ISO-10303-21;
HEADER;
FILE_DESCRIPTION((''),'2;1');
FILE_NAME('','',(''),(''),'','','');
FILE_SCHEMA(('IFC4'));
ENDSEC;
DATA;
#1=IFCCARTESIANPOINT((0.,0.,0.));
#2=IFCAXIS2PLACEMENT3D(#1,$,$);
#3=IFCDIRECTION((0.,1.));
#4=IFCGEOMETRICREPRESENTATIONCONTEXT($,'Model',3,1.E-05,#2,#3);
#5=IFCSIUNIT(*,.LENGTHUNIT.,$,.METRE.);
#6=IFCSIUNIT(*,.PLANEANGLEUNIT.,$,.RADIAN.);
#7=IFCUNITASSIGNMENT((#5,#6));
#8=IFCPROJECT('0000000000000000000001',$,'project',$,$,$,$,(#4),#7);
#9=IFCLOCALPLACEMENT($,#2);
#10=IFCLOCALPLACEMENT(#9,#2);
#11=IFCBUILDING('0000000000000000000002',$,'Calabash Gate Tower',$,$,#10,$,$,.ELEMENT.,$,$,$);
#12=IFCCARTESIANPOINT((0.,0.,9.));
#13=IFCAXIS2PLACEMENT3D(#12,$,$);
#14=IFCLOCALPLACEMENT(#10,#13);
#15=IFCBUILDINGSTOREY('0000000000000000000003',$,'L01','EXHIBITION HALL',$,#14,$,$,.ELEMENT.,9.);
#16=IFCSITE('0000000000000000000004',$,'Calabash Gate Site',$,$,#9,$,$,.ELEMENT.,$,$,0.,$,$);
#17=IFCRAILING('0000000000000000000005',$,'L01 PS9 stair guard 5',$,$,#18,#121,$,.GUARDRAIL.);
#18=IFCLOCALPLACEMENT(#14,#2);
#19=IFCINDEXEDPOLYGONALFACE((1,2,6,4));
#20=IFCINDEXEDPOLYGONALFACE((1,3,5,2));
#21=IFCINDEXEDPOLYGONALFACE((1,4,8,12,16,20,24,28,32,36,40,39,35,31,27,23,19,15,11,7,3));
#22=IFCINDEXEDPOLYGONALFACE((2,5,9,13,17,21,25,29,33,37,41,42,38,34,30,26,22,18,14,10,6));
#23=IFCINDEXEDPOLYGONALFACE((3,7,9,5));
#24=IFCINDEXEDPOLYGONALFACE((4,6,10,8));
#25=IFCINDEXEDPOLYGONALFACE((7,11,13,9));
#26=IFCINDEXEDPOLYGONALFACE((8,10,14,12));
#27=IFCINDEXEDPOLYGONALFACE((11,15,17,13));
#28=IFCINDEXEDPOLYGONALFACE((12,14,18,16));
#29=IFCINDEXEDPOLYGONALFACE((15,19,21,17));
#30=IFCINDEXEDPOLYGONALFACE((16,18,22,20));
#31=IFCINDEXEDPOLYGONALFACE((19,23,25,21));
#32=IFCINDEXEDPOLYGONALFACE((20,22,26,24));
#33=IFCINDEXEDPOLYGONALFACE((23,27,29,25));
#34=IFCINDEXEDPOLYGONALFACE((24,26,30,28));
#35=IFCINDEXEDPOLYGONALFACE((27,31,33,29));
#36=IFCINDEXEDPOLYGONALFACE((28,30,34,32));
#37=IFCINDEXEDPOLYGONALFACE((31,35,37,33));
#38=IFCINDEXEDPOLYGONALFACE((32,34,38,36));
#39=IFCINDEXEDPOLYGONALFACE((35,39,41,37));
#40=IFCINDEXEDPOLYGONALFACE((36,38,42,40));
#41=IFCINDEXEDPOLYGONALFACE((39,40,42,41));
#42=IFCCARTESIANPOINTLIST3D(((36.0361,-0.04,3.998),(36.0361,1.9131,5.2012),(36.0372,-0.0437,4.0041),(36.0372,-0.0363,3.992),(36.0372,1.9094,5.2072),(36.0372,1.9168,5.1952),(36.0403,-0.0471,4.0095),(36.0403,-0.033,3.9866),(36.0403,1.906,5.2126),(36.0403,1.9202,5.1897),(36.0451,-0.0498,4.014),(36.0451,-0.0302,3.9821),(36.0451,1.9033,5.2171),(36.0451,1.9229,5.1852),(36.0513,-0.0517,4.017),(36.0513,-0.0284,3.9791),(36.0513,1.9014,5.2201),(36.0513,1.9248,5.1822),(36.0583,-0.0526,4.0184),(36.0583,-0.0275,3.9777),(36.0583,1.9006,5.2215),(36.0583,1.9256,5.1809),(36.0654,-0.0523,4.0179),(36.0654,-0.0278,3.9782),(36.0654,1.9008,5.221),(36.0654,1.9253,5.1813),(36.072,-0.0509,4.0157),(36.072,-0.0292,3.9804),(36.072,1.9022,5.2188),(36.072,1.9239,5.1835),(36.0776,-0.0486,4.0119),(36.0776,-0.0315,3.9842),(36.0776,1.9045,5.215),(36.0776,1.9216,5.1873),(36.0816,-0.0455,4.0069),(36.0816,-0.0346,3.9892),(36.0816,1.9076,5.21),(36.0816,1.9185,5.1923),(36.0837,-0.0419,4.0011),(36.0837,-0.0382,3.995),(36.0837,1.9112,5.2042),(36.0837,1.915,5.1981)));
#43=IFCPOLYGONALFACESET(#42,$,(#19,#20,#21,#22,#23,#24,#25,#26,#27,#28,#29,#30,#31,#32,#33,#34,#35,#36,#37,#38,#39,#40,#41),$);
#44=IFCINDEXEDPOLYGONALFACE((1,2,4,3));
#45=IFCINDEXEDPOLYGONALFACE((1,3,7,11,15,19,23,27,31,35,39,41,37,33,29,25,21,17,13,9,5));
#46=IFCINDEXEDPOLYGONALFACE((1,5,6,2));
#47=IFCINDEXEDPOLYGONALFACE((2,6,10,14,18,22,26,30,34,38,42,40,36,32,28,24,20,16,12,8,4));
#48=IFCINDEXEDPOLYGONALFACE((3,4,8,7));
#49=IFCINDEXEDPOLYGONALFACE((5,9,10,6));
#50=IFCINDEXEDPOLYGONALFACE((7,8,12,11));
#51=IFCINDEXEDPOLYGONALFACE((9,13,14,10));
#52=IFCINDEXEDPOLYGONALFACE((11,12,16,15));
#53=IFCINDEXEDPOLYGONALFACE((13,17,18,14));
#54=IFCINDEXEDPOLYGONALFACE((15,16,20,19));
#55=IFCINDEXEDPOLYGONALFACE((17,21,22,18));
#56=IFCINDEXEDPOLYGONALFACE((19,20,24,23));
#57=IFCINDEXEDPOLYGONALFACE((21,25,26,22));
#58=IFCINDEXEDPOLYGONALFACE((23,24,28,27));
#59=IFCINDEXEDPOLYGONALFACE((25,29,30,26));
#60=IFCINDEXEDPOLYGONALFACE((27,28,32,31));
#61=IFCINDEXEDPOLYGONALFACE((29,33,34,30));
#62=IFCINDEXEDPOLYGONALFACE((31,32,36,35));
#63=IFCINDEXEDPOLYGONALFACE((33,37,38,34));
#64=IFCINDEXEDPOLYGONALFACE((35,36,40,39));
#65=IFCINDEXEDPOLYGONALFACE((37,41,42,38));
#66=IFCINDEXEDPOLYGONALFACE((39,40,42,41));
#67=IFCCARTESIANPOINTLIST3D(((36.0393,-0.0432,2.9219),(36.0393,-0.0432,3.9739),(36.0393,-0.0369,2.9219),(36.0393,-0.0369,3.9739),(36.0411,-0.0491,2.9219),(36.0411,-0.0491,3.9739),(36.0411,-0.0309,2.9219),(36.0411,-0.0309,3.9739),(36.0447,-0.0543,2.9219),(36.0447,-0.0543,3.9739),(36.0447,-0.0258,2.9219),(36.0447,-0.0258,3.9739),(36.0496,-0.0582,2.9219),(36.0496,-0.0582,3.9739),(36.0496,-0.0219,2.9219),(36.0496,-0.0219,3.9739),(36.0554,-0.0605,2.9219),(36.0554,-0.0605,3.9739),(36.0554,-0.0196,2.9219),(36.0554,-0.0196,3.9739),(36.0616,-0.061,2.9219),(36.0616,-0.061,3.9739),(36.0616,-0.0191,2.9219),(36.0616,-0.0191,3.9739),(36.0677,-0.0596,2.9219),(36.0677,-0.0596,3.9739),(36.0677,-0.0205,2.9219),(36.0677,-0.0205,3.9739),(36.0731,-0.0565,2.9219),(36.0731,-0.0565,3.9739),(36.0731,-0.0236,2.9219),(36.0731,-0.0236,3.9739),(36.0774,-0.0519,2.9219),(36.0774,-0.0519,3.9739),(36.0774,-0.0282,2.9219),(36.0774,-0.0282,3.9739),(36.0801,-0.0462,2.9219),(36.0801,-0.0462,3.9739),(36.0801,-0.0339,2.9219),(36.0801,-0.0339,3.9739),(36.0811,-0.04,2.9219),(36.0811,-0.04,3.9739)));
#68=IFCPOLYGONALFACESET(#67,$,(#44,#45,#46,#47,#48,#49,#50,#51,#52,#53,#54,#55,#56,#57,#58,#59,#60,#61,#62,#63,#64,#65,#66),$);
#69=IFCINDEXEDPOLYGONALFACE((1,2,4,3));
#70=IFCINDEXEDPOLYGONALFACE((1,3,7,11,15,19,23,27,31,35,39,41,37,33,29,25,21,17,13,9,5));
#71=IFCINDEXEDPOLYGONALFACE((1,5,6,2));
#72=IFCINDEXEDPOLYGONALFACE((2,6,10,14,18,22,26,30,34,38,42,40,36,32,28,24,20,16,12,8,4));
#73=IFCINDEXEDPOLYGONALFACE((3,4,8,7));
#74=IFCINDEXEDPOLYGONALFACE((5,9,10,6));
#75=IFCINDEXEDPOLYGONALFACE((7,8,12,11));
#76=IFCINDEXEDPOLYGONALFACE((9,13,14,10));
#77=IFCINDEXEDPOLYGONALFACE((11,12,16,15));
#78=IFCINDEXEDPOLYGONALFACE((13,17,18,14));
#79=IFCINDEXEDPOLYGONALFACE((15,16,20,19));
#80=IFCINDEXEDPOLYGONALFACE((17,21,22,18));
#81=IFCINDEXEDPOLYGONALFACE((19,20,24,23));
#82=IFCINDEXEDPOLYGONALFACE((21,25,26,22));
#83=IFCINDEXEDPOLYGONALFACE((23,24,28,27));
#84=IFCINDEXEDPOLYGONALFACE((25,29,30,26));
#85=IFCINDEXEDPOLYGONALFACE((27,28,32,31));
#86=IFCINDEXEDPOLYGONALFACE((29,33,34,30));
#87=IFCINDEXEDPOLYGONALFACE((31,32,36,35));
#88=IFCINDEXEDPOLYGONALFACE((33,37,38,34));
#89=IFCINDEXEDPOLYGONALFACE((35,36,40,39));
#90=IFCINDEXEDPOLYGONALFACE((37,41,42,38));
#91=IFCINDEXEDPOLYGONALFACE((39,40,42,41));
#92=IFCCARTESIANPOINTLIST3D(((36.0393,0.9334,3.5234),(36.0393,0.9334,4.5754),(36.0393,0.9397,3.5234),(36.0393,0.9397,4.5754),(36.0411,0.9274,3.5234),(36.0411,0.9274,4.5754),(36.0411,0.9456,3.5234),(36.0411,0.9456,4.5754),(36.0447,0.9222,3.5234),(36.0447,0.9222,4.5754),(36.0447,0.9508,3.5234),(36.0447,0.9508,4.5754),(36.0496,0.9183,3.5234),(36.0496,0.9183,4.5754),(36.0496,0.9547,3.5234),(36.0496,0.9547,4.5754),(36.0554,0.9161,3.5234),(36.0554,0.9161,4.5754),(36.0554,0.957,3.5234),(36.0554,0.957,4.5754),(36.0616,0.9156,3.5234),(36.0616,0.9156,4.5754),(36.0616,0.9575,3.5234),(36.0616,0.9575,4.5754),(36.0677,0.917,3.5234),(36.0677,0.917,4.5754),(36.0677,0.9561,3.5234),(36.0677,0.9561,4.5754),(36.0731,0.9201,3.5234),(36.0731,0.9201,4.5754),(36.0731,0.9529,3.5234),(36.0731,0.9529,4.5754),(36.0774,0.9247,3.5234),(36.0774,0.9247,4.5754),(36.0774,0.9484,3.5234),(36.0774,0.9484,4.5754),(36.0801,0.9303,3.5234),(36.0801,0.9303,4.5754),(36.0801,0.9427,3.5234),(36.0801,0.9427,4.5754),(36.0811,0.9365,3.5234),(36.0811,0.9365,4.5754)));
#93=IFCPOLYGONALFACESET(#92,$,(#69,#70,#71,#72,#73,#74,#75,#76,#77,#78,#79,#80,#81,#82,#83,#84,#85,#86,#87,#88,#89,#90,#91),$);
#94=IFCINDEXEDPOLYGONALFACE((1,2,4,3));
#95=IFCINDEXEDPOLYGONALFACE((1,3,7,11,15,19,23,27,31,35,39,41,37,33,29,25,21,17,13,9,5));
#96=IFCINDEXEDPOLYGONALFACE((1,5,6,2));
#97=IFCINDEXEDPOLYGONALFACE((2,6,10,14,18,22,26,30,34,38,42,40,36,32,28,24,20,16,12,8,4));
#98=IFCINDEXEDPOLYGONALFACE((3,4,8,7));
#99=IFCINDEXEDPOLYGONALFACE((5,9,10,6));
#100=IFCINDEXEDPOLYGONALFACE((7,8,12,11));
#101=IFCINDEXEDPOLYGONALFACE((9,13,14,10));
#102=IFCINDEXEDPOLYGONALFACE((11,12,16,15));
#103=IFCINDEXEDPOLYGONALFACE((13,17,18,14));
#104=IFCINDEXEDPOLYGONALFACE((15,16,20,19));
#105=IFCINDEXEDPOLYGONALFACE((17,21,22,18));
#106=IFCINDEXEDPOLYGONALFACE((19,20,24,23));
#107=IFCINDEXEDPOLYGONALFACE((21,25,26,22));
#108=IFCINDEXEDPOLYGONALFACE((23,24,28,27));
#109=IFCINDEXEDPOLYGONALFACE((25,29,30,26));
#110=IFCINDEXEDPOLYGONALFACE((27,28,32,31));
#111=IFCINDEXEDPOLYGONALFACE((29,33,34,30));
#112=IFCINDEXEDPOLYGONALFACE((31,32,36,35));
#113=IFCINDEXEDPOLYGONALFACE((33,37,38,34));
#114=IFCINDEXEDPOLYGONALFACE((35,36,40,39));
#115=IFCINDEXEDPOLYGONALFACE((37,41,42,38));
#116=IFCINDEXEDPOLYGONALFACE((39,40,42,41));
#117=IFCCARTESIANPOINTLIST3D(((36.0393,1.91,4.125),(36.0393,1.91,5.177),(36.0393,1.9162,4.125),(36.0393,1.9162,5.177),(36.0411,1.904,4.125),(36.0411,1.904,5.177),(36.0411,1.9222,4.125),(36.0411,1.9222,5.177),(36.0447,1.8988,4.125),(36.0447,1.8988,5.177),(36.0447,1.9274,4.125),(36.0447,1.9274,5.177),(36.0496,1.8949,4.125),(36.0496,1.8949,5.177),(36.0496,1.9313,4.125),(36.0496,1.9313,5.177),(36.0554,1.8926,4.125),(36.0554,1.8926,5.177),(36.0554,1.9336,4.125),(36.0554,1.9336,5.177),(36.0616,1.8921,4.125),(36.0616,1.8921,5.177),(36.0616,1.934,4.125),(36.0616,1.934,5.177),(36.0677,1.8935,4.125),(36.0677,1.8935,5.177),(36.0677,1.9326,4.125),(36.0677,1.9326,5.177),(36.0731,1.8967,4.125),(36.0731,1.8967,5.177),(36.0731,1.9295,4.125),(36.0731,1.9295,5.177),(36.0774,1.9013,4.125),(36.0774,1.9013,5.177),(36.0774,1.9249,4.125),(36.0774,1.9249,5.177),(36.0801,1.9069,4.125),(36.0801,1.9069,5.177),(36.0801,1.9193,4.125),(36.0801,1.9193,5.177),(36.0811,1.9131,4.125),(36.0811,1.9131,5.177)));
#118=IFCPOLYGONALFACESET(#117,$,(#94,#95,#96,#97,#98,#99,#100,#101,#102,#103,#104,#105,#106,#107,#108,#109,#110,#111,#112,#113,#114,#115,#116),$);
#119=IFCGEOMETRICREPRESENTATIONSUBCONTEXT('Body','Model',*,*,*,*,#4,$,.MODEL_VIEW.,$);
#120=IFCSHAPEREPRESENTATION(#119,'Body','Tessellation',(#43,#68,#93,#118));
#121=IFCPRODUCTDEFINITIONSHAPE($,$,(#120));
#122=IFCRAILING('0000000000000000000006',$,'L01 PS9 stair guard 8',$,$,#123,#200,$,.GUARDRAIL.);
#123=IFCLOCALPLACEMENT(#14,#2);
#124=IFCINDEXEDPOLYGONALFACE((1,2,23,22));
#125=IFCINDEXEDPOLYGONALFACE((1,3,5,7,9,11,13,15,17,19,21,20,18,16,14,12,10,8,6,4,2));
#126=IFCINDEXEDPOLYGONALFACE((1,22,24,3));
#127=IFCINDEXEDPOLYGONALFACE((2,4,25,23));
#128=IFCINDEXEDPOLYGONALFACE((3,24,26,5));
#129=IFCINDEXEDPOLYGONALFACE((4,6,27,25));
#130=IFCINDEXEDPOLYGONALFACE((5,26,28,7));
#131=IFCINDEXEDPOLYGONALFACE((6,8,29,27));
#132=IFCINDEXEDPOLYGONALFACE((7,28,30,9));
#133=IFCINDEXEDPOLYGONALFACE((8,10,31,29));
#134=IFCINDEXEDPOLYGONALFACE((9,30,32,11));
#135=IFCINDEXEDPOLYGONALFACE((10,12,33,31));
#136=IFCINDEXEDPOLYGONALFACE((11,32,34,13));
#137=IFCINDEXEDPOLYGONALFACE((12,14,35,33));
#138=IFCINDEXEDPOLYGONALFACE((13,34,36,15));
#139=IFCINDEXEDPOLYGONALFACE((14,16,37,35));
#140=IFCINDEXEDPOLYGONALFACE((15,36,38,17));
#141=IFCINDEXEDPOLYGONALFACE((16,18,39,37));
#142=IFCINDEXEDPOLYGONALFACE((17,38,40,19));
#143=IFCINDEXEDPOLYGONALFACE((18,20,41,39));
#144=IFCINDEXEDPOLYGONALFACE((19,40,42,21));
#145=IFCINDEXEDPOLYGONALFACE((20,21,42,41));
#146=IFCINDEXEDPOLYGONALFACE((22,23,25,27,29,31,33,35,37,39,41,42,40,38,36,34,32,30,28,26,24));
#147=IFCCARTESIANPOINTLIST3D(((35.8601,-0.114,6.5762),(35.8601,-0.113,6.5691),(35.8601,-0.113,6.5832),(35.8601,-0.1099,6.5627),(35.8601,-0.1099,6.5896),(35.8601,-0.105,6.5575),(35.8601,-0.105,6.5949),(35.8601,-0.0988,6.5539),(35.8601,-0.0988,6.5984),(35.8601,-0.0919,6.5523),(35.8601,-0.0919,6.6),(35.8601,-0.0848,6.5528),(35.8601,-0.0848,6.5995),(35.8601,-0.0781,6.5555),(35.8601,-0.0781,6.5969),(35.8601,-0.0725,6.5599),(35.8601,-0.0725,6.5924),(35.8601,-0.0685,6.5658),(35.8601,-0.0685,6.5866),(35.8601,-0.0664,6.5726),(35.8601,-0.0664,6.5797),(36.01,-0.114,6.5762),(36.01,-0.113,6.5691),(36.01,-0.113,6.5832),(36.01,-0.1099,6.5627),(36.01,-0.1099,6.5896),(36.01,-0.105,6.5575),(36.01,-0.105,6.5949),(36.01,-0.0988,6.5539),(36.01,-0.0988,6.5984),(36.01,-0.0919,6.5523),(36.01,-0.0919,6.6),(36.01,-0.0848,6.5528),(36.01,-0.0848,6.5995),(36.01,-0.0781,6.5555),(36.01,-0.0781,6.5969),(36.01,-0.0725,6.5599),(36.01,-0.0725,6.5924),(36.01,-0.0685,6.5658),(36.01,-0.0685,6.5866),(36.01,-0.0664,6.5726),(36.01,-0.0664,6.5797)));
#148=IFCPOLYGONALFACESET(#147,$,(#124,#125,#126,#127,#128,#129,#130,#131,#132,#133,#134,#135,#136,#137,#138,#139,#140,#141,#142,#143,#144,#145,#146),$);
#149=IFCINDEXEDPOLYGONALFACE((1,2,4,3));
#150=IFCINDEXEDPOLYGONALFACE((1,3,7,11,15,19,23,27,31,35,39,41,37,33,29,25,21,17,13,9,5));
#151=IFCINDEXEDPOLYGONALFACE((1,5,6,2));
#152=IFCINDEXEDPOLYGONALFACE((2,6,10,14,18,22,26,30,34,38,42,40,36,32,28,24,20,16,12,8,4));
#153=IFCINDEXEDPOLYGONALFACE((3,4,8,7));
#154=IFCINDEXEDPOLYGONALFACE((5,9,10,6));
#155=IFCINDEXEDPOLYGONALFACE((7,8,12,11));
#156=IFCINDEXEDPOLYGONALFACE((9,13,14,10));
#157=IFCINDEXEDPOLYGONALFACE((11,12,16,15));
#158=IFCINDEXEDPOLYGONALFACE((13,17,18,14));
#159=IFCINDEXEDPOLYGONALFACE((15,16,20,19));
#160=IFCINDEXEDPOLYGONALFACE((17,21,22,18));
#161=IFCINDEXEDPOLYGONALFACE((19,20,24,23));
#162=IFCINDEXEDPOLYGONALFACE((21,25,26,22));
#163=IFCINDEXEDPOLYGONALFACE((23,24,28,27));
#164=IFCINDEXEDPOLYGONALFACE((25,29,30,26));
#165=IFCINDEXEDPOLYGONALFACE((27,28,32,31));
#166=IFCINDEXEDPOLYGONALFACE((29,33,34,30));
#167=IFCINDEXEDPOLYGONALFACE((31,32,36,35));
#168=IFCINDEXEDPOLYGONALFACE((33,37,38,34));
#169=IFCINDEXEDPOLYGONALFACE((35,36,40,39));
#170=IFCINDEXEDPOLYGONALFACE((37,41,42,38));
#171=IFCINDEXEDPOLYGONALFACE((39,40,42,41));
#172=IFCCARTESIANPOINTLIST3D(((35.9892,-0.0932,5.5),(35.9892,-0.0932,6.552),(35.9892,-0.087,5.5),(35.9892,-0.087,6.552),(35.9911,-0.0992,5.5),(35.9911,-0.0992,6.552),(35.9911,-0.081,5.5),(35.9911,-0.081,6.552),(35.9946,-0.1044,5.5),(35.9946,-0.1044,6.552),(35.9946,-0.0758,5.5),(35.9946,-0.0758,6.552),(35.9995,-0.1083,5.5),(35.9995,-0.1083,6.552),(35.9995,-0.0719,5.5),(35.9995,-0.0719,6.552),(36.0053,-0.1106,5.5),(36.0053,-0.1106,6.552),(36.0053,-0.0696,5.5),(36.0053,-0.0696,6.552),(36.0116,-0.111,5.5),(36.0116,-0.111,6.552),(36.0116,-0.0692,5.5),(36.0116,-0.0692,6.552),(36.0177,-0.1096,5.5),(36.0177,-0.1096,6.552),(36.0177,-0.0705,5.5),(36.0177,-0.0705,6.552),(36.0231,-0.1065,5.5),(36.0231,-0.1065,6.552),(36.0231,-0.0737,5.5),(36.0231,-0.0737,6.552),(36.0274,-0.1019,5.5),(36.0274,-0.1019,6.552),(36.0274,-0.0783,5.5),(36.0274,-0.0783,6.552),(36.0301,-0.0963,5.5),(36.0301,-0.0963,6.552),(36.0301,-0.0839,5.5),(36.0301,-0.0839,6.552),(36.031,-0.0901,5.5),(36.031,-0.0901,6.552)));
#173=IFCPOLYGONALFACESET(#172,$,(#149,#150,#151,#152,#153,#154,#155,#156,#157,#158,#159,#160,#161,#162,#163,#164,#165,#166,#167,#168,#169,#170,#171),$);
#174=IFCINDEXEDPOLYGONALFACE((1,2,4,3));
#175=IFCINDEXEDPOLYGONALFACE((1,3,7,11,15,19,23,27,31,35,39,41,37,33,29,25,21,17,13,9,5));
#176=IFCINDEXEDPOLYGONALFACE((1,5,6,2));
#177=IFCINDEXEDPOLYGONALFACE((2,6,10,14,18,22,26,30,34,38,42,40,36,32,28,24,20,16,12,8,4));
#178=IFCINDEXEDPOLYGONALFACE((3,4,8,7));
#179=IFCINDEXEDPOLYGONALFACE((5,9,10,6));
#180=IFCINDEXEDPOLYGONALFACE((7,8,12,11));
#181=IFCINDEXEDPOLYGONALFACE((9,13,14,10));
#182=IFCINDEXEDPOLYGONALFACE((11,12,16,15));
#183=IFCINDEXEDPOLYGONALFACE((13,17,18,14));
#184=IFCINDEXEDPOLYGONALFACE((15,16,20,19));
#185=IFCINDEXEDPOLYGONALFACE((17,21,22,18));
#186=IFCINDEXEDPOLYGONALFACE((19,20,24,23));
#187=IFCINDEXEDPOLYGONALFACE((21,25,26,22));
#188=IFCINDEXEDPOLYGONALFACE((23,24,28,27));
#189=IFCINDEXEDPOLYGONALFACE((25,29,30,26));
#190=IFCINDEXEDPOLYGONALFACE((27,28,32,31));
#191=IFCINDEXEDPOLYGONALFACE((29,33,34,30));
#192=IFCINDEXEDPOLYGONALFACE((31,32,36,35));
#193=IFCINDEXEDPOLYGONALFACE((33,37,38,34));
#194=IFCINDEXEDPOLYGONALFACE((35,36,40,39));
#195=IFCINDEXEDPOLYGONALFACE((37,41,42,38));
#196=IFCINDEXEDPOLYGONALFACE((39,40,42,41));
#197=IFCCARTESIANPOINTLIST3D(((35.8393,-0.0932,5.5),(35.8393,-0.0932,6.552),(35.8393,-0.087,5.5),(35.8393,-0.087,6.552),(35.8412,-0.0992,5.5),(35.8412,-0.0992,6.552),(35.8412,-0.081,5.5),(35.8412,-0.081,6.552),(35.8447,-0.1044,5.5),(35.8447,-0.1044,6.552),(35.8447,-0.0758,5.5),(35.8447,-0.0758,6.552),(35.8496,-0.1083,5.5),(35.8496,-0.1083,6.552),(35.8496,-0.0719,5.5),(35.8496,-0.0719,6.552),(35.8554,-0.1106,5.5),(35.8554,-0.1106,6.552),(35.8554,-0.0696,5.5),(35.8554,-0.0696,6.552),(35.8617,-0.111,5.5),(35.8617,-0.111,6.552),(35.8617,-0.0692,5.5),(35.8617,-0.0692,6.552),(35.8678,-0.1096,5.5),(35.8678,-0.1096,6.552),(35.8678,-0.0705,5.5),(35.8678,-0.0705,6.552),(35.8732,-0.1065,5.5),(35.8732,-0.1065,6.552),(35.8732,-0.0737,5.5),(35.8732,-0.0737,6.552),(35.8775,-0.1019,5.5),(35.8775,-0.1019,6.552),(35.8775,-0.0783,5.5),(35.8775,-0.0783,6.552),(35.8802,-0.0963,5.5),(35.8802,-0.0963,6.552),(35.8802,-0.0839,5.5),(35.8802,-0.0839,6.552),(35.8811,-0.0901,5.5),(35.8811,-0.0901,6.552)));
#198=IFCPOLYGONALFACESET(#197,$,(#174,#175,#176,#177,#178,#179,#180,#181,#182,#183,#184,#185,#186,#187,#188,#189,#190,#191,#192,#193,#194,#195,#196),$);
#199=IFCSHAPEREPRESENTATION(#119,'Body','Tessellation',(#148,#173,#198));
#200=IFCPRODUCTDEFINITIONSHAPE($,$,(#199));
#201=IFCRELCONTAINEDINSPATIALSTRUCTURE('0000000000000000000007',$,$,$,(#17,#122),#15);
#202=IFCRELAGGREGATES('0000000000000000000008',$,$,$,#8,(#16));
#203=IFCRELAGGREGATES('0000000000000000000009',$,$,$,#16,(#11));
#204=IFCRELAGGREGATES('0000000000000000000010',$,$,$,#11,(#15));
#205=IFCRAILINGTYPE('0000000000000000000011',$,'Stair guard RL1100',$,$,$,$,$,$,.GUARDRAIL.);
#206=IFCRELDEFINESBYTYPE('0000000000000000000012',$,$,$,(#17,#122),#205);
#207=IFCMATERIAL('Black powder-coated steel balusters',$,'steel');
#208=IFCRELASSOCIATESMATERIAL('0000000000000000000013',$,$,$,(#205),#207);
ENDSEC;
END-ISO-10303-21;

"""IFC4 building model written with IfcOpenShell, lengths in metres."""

from ifc_helpers import new_model, si_unit, direction, frame, origin, origin_2d, place, context, subcontext, project, spatial, circle, extrude, material, type_object, element, save


model = new_model("IFC4")

# Units and contexts
model_context = context("Model", 3, precision=1e-05, world=origin(), true_north=direction((0.0, 1.0)))
body_context = subcontext(model_context, "Body", "Model", "MODEL_VIEW")
ifc_project = project(units=[si_unit("LENGTHUNIT", "METRE"), si_unit("PLANEANGLEUNIT", "RADIAN")], contexts=[model_context])

# Site, building, storey
site_placement = place(None, origin())
site = spatial("IfcSite", under=ifc_project, at=site_placement, Name="Calabash Gate Site", CompositionType="ELEMENT", RefElevation=0.0)
building_placement = place(site_placement, origin())
building = spatial("IfcBuilding", under=site, at=building_placement, Name="Calabash Gate Tower", CompositionType="ELEMENT")
storey_placement = place(building_placement, frame((0.0, 0.0, 9.0)))
storey = spatial("IfcBuildingStorey", under=building, at=storey_placement, Name="L01", Description="EXHIBITION HALL", CompositionType="ELEMENT", Elevation=9.0)

# Railings
ifc_material_1 = material(Name="Black powder-coated steel balusters", Category="steel")
railing_type_1 = type_object("IfcRailingType", Name="Stair guard RL1100", PredefinedType="GUARDRAIL", material=ifc_material_1)
railing_1_placement = place(storey_placement, frame((36.0601, -0.04, 2.9219)))
element("IfcRailing", 1, at=railing_1_placement, inside=storey, type_object=railing_type_1, Name="L01 PS9 stair guard 5", PredefinedType="GUARDRAIL", context=body_context, shape_type="SweptSolid", body=[
    extrude(circle(Radius=0.0239, at=origin_2d()), frame((0.0, 0.0, 1.0762), z_axis=(0.0, 0.851424, 0.524477), x_axis=(-1.0, 0.0, 0.0)), (0.0, 0.0, 1.0), 2.2939),
    extrude(circle(Radius=0.021, at=origin_2d()), origin(), (0.0, 0.0, 1.0), 1.052),
    extrude(circle(Radius=0.021, at=origin_2d()), frame((0.0, 0.9766, 0.6016)), (0.0, 0.0, 1.0), 1.052),
    extrude(circle(Radius=0.021, at=origin_2d()), frame((0.0, 1.9531, 1.2031)), (0.0, 0.0, 1.0), 1.052),
])
railing_2_placement = place(storey_placement, frame((36.01, -0.0901, 5.5)))
element("IfcRailing", 2, at=railing_2_placement, inside=storey, type_object=railing_type_1, Name="L01 PS9 stair guard 8", PredefinedType="GUARDRAIL", context=body_context, shape_type="SweptSolid", body=[
    extrude(circle(Radius=0.0239, at=origin_2d()), frame((0.0, 0.0, 1.0762), z_axis=(-1.0, 0.0, 0.0), x_axis=(0.0, -1.0, 0.0)), (0.0, 0.0, 1.0), 0.1499),
    extrude(circle(Radius=0.021, at=origin_2d()), origin(), (0.0, 0.0, 1.0), 1.052),
    extrude(circle(Radius=0.021, at=origin_2d()), frame((-0.1499, 0.0, 0.0)), (0.0, 0.0, 1.0), 1.052),
])

save(model, "model.ifc")
